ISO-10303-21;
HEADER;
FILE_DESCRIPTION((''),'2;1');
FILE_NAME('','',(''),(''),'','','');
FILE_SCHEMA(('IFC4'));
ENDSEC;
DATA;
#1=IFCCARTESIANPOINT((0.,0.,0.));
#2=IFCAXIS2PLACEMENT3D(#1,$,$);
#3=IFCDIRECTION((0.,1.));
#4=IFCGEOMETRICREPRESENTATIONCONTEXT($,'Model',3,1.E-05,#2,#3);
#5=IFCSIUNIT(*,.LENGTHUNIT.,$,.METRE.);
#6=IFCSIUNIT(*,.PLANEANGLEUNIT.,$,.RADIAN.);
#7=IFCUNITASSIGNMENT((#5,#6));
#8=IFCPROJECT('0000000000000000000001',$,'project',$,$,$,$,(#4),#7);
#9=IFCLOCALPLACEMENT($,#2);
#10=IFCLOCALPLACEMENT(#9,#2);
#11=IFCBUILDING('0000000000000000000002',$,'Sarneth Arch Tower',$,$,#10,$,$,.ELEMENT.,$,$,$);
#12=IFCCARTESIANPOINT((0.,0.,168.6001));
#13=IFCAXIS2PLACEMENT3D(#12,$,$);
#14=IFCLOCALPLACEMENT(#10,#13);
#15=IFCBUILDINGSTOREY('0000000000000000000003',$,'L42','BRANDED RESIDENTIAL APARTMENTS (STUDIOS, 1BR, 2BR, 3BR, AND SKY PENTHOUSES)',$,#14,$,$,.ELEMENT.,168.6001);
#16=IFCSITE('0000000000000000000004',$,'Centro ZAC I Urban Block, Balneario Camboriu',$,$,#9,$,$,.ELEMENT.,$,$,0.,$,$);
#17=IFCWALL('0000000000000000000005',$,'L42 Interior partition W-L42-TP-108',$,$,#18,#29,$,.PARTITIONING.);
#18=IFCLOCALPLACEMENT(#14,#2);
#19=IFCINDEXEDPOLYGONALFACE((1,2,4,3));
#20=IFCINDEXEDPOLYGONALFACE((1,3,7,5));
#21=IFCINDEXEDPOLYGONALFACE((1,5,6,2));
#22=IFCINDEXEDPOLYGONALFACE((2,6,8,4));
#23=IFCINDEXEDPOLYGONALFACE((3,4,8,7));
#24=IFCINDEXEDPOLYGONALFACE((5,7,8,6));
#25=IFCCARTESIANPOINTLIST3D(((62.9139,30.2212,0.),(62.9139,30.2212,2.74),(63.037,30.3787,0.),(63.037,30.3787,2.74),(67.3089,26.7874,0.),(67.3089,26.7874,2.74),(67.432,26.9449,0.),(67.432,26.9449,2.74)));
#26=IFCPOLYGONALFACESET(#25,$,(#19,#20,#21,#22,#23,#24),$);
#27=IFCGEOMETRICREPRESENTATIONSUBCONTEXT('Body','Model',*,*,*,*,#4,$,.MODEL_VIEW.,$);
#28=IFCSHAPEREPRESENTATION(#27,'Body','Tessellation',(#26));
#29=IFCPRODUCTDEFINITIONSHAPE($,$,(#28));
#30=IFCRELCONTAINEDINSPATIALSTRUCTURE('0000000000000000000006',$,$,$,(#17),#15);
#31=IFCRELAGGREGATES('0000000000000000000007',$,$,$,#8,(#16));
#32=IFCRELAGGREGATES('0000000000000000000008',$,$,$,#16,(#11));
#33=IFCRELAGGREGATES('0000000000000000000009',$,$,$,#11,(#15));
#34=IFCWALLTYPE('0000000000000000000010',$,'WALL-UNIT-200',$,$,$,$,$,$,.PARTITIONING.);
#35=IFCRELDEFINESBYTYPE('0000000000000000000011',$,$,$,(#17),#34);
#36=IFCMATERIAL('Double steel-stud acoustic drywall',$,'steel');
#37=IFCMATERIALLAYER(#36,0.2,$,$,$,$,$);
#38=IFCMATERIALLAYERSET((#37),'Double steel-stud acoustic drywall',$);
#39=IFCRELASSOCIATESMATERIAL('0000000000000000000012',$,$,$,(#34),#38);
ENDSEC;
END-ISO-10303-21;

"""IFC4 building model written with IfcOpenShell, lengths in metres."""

from ifc_helpers import new_model, si_unit, direction, frame, frame_2d, origin, place, context, subcontext, project, spatial, rectangle, extrude, material, layer, layer_set, type_object, element, save


model = new_model("IFC4")

# Units and contexts
model_context = context("Model", 3, precision=1e-05, world=origin(), true_north=direction((0.0, 1.0)))
body_context = subcontext(model_context, "Body", "Model", "MODEL_VIEW")
ifc_project = project(units=[si_unit("LENGTHUNIT", "METRE"), si_unit("PLANEANGLEUNIT", "RADIAN")], contexts=[model_context])

# Site, building, storey
site_placement = place(None, origin())
site = spatial("IfcSite", under=ifc_project, at=site_placement, Name="Centro ZAC I Urban Block, Balneario Camboriu", CompositionType="ELEMENT", RefElevation=0.0)
building_placement = place(site_placement, origin())
building = spatial("IfcBuilding", under=site, at=building_placement, Name="Sarneth Arch Tower", CompositionType="ELEMENT")
storey_placement = place(building_placement, frame((0.0, 0.0, 168.6001)))
storey = spatial("IfcBuildingStorey", under=building, at=storey_placement, Name="L42", Description="BRANDED RESIDENTIAL APARTMENTS (STUDIOS, 1BR, 2BR, 3BR, AND SKY PENTHOUSES)", CompositionType="ELEMENT", Elevation=168.6001)

# Wall
ifc_material_1 = material(Name="Double steel-stud acoustic drywall", Category="steel")
ifc_layer_1 = layer(ifc_material_1, 0.2)
ifc_layer_set_1 = layer_set([ifc_layer_1], Name="Double steel-stud acoustic drywall")
wall_type_1 = type_object("IfcWallType", Name="WALL-UNIT-200", PredefinedType="PARTITIONING", material=ifc_layer_set_1)
wall_1_placement = place(storey_placement, frame((67.3704, 26.8662, 0.0), z_axis=(0.0, 0.0, 1.0), x_axis=(-0.788004, 0.61567, 0.0)))
element("IfcWall", 1, at=wall_1_placement, inside=storey, type_object=wall_type_1, Name="L42 Interior partition W-L42-TP-108", PredefinedType="PARTITIONING", context=body_context, shape_type="SweptSolid", body=[
    extrude(rectangle(XDim=5.5774, YDim=0.2, at=frame_2d((2.7886, 0.0))), origin(), (0.0, 0.0, 1.0), 2.74),
])

save(model, "model.ifc")
